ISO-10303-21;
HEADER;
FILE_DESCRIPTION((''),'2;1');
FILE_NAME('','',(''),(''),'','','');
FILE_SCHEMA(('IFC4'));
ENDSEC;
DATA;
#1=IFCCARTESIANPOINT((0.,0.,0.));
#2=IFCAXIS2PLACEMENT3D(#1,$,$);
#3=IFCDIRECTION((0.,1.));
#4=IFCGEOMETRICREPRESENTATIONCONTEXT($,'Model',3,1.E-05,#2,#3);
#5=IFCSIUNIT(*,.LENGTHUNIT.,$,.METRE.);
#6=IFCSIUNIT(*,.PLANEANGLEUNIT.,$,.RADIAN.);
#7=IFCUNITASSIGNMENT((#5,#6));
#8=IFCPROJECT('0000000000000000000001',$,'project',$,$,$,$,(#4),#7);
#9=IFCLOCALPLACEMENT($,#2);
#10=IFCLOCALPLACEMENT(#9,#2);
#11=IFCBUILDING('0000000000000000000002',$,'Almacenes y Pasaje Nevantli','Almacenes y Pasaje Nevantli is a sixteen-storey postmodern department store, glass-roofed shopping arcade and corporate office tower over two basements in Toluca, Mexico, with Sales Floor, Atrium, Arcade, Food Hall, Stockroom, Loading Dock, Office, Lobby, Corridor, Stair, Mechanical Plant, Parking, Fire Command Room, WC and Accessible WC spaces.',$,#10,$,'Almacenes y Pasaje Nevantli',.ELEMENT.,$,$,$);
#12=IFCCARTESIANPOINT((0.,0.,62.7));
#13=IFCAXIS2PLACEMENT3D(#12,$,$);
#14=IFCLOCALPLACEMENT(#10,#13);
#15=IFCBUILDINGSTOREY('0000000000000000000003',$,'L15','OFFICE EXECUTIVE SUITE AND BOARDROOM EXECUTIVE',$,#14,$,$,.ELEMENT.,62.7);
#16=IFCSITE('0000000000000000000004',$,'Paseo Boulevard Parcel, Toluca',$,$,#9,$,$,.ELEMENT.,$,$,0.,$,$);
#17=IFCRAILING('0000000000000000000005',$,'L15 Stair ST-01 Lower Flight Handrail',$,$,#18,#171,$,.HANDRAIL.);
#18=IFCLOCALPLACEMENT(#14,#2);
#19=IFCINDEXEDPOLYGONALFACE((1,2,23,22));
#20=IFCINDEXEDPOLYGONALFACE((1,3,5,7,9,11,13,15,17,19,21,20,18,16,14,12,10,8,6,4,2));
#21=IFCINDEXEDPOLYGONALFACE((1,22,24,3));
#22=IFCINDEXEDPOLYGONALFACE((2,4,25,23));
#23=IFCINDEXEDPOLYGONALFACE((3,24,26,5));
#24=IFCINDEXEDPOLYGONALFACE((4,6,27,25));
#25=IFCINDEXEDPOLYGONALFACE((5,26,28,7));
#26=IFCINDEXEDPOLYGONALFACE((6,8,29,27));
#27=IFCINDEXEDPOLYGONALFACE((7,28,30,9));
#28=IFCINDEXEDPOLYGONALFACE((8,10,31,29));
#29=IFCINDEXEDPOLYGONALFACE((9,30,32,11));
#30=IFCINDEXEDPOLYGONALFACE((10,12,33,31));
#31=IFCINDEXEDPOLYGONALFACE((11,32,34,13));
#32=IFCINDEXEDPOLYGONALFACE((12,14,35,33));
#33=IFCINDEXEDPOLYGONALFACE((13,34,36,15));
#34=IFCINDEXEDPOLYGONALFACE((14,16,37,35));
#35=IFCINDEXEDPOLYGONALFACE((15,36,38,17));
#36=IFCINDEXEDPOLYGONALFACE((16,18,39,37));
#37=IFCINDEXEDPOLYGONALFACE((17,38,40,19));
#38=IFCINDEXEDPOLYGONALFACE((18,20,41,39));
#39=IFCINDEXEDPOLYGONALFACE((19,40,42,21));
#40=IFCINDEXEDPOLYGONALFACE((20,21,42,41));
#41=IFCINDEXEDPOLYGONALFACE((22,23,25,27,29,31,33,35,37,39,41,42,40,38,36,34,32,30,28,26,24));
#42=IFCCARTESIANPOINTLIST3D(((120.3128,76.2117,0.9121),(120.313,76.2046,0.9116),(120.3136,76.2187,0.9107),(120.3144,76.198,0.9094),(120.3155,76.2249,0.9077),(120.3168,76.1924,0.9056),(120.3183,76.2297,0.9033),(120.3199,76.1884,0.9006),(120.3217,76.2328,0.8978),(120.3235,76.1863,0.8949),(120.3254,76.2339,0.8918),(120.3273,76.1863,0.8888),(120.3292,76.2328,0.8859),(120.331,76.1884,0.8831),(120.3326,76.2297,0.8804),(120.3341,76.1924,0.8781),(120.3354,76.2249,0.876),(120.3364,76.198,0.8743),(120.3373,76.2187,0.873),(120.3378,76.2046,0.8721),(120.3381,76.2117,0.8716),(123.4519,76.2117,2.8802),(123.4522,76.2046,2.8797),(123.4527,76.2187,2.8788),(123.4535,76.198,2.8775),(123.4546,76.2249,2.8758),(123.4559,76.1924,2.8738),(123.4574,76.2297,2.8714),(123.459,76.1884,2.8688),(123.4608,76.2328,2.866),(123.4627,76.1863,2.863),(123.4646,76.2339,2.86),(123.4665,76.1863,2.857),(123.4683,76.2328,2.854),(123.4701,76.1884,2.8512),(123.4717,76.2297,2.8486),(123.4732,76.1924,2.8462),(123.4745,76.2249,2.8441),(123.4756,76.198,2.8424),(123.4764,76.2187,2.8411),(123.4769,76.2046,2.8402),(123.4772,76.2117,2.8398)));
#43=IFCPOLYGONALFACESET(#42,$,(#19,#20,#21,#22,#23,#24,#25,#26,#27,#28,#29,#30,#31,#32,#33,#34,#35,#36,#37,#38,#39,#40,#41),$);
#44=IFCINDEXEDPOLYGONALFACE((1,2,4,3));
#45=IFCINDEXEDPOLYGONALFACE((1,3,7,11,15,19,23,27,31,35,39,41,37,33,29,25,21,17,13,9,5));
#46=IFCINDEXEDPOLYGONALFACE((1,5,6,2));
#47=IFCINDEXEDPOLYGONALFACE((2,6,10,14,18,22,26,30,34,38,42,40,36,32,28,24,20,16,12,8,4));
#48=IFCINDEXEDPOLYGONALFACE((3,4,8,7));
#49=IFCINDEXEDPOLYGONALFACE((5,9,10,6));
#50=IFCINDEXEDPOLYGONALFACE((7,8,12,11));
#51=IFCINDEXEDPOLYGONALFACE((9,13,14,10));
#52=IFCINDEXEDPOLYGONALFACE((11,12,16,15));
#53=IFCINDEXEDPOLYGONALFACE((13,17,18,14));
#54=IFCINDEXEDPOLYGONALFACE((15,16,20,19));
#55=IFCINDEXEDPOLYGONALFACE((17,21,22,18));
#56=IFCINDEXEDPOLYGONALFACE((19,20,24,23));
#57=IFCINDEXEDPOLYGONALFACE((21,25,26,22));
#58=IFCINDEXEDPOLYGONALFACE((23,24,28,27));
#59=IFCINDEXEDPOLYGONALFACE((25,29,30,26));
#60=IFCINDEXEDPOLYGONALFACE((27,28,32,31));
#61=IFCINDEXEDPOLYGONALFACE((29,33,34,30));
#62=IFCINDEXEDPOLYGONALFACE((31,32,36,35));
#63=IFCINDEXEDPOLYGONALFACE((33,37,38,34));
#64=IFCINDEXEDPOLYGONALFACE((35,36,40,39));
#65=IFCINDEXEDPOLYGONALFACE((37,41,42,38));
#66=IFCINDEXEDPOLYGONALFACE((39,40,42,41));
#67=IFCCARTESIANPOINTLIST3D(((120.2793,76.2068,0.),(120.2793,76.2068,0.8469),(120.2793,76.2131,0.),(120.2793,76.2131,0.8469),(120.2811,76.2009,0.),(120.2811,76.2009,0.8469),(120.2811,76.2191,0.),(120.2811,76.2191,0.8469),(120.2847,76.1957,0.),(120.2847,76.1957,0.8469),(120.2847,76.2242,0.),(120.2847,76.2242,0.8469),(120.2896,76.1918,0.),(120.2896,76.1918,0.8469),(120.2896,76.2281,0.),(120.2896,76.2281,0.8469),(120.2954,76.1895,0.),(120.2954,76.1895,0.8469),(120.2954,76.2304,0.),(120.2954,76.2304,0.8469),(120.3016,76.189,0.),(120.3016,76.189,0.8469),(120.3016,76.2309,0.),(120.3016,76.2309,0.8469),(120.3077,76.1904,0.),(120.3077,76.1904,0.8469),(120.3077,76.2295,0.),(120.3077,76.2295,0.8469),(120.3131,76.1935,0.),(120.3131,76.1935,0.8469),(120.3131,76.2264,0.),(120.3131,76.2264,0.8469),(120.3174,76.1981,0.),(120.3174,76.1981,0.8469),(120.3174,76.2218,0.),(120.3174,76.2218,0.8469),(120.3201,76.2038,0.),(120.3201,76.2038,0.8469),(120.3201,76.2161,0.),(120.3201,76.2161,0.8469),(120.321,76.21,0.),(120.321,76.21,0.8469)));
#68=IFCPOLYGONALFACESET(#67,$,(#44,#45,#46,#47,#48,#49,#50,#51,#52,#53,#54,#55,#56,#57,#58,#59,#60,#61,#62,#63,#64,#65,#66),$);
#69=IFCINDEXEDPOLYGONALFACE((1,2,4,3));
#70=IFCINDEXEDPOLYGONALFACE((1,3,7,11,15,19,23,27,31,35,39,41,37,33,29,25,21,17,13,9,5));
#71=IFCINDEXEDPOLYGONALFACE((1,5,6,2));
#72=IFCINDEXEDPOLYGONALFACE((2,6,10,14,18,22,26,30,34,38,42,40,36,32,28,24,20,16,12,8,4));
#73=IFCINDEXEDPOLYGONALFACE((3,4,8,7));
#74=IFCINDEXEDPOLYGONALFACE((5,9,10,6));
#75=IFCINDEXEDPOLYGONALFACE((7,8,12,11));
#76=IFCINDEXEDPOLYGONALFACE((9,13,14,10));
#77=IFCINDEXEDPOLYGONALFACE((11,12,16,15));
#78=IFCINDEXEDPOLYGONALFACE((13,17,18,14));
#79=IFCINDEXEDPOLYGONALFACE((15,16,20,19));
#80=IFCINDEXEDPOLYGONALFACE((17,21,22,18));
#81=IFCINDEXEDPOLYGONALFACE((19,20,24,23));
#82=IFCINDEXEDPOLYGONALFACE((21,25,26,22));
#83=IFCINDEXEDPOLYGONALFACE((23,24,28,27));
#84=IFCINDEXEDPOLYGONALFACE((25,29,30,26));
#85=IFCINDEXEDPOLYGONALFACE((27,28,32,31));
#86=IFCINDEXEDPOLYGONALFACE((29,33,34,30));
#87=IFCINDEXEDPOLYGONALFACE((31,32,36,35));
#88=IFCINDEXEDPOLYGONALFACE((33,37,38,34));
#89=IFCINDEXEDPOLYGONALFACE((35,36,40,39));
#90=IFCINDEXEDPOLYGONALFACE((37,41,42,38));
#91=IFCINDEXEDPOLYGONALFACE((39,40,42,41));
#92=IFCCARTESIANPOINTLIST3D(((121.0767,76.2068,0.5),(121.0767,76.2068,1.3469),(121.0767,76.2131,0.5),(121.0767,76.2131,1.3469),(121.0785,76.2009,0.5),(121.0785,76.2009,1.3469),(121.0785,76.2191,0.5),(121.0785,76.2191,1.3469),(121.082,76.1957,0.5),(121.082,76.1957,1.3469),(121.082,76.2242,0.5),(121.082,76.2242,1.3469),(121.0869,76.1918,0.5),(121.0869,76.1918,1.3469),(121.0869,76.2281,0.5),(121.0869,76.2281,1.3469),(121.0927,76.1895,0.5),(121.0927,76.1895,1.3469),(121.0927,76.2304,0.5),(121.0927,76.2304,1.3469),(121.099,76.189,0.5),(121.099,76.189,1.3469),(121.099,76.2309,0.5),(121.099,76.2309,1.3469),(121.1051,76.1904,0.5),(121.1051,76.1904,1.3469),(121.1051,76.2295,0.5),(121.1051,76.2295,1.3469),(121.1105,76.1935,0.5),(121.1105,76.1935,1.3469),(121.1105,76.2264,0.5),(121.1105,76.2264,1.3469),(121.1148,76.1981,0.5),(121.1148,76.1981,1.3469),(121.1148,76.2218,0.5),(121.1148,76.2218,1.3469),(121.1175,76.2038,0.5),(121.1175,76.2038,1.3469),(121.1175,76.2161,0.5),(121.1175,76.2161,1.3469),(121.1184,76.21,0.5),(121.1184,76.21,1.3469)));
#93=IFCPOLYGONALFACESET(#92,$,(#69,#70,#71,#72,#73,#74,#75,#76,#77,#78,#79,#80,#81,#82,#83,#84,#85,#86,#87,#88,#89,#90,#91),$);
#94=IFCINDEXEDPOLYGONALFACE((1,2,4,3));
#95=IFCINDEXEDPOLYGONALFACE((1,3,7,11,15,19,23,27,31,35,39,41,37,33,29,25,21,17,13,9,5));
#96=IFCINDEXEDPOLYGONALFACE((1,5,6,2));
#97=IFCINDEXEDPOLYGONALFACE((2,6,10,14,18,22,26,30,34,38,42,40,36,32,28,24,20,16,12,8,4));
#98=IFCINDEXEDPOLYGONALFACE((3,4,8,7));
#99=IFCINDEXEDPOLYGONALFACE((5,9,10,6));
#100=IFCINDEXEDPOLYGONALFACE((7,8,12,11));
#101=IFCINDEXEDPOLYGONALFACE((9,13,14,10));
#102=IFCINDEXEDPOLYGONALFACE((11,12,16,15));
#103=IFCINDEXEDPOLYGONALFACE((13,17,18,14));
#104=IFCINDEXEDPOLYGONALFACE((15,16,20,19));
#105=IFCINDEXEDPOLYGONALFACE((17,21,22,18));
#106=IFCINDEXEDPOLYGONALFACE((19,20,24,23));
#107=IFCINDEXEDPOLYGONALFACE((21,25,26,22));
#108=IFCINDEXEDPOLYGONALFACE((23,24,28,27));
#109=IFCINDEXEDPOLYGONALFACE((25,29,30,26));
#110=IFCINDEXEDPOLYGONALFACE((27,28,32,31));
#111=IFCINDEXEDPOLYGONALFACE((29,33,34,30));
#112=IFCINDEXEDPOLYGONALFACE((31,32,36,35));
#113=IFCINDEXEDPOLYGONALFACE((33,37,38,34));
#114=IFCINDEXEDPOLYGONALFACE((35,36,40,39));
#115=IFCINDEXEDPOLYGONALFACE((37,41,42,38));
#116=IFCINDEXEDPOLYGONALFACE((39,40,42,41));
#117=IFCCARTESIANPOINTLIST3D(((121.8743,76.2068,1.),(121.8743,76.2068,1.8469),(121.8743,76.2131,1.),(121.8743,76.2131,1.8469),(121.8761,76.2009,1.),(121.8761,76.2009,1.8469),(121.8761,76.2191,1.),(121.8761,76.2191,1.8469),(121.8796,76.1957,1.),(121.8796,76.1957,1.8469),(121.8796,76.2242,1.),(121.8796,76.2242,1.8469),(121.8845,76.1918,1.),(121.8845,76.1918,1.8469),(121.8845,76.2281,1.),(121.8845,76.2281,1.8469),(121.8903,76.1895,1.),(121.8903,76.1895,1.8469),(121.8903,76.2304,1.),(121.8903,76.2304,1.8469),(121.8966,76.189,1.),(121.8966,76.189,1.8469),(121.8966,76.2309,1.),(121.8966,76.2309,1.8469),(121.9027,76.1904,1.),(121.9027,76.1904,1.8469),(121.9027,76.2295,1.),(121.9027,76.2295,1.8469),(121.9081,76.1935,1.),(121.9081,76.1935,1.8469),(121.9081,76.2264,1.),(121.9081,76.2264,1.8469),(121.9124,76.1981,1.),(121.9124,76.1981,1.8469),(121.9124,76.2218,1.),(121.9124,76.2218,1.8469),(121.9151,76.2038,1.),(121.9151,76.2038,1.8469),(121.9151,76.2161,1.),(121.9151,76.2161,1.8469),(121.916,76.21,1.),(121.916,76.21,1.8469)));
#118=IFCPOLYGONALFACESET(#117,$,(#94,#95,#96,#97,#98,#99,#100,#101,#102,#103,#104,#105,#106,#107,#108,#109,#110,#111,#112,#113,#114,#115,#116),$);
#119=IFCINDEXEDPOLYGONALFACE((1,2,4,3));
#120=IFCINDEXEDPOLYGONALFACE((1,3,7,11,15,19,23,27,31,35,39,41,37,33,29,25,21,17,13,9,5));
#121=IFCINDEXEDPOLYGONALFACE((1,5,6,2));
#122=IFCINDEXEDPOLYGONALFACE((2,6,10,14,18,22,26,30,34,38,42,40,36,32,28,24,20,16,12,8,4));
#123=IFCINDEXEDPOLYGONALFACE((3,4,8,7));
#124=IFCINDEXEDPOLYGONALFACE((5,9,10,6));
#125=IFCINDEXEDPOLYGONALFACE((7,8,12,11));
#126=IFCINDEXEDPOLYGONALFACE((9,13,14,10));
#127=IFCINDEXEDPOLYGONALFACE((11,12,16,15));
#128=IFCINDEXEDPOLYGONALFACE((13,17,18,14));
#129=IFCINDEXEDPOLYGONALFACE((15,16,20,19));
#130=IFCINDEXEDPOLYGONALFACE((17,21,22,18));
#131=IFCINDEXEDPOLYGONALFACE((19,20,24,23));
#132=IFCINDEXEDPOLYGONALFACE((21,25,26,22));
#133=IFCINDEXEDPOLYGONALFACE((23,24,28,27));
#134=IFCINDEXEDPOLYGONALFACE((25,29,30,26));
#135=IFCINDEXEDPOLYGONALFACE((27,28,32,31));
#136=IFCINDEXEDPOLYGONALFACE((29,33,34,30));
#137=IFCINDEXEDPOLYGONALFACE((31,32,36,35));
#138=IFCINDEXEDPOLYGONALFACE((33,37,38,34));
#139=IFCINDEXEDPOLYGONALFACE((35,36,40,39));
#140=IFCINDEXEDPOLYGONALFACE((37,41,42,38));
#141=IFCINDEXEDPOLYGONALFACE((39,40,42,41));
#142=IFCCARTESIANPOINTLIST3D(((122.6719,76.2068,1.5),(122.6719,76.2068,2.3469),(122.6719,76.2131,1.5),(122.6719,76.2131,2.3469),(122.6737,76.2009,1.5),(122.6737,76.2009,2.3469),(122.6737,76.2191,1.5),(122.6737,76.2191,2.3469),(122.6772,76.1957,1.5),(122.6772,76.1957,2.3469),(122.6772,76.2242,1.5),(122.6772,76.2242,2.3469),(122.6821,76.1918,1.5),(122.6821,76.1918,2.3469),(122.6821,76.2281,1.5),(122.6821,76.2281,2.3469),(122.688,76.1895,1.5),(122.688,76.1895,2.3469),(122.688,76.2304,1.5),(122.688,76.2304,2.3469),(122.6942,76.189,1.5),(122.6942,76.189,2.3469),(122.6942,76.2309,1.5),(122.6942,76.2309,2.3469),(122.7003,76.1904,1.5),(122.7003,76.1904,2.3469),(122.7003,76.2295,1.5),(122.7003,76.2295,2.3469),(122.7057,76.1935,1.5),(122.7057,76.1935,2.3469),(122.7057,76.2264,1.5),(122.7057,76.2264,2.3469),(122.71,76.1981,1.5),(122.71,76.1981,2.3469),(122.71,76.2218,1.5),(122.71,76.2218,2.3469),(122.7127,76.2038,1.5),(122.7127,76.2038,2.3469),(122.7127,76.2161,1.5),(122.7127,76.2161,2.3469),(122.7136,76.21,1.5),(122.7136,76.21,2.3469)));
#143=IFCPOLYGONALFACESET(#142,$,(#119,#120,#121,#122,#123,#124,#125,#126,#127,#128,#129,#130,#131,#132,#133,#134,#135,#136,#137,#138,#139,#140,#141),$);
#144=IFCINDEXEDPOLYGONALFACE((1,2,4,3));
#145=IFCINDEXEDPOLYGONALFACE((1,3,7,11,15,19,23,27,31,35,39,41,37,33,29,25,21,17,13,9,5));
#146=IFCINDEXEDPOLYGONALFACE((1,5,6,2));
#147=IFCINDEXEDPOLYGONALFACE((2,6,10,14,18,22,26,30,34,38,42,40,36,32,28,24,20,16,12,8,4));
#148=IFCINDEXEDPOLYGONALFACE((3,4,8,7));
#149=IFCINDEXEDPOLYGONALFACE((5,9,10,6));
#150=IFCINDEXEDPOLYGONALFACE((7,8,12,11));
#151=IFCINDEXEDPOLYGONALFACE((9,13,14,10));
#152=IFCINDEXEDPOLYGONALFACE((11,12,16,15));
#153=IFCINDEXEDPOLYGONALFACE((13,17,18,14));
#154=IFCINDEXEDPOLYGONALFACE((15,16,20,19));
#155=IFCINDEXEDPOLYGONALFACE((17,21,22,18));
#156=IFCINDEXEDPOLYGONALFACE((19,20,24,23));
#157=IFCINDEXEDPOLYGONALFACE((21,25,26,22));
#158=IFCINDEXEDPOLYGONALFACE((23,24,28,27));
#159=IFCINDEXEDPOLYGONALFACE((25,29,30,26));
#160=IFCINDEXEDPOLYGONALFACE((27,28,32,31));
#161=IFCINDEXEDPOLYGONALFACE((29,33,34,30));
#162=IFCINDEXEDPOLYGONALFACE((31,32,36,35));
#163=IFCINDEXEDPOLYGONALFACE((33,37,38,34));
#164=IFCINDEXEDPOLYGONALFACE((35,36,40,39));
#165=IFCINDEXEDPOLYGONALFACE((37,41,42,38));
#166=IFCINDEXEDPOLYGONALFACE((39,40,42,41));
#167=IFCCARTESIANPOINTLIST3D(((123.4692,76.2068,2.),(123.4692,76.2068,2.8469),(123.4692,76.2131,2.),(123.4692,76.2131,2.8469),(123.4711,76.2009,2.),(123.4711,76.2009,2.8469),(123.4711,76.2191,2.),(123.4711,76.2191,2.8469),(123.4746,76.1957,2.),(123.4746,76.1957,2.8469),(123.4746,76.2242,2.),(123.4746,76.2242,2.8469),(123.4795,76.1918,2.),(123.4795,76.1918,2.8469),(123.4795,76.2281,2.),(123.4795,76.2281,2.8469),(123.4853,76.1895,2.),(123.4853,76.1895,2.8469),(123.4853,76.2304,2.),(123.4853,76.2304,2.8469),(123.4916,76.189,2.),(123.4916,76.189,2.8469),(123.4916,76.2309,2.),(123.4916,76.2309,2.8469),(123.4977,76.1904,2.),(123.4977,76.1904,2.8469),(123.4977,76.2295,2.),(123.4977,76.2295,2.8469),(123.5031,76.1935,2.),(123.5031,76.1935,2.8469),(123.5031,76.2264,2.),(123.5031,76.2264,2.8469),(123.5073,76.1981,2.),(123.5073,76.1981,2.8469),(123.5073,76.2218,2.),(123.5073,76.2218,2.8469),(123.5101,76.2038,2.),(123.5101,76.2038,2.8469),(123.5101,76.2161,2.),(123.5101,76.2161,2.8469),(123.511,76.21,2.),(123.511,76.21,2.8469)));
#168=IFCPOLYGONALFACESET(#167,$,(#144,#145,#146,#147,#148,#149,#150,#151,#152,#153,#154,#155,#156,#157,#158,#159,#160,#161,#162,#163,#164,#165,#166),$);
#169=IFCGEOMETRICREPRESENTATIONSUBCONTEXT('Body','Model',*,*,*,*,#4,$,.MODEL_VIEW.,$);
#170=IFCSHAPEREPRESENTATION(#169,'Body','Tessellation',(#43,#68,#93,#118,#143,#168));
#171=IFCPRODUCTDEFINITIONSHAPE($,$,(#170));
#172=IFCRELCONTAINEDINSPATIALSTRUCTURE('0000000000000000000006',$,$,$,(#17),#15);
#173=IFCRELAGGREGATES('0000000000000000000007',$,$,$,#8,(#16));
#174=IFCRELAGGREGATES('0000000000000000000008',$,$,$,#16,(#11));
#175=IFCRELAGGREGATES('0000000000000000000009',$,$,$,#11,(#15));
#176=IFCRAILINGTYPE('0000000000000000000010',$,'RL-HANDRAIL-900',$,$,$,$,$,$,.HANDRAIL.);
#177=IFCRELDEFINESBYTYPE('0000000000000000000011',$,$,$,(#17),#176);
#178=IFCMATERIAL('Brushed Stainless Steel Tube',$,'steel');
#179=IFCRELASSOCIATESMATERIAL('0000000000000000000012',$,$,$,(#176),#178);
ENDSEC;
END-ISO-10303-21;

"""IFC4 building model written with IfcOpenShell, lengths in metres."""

from ifc_helpers import new_model, si_unit, direction, frame, origin, origin_2d, place, context, subcontext, project, spatial, circle, extrude, material, type_object, element, save


model = new_model("IFC4")

# Units and contexts
model_context = context("Model", 3, precision=1e-05, world=origin(), true_north=direction((0.0, 1.0)))
body_context = subcontext(model_context, "Body", "Model", "MODEL_VIEW")
ifc_project = project(units=[si_unit("LENGTHUNIT", "METRE"), si_unit("PLANEANGLEUNIT", "RADIAN")], contexts=[model_context])

# Site, building, storey
site_placement = place(None, origin())
site = spatial("IfcSite", under=ifc_project, at=site_placement, Name="Paseo Boulevard Parcel, Toluca", CompositionType="ELEMENT", RefElevation=0.0)
building_placement = place(site_placement, origin())
building = spatial("IfcBuilding", under=site, at=building_placement, Name="Almacenes y Pasaje Nevantli", Description="Almacenes y Pasaje Nevantli is a sixteen-storey postmodern department store, glass-roofed shopping arcade and corporate office tower over two basements in Toluca, Mexico, with Sales Floor, Atrium, Arcade, Food Hall, Stockroom, Loading Dock, Office, Lobby, Corridor, Stair, Mechanical Plant, Parking, Fire Command Room, WC and Accessible WC spaces.", LongName="Almacenes y Pasaje Nevantli", CompositionType="ELEMENT")
storey_placement = place(building_placement, frame((0.0, 0.0, 62.7)))
storey = spatial("IfcBuildingStorey", under=building, at=storey_placement, Name="L15", Description="OFFICE EXECUTIVE SUITE AND BOARDROOM EXECUTIVE", CompositionType="ELEMENT", Elevation=62.7)

# Railing
ifc_material_1 = material(Name="Brushed Stainless Steel Tube", Category="steel")
railing_type_1 = type_object("IfcRailingType", Name="RL-HANDRAIL-900", PredefinedType="HANDRAIL", material=ifc_material_1)
railing_1_placement = place(storey_placement, frame((120.3, 76.21, 0.0)))
element("IfcRailing", 1, at=railing_1_placement, inside=storey, type_object=railing_type_1, Name="L15 Stair ST-01 Lower Flight Handrail", PredefinedType="HANDRAIL", context=body_context, shape_type="SweptSolid", body=[
    extrude(circle(Radius=0.0239, at=origin_2d()), frame((0.0254, 0.0, 0.8918), z_axis=(0.847247, 0.0, 0.531199), x_axis=(0.0, 1.0, 0.0)), (0.0, 0.0, 1.0), 3.7051),
    extrude(circle(Radius=0.021, at=origin_2d()), origin(), (0.0, 0.0, 1.0), 0.8469),
    extrude(circle(Radius=0.021, at=origin_2d()), frame((0.7974, 0.0, 0.5)), (0.0, 0.0, 1.0), 0.8469),
    extrude(circle(Radius=0.021, at=origin_2d()), frame((1.595, 0.0, 1.0)), (0.0, 0.0, 1.0), 0.8469),
    extrude(circle(Radius=0.021, at=origin_2d()), frame((2.3926, 0.0, 1.5)), (0.0, 0.0, 1.0), 0.8469),
    extrude(circle(Radius=0.021, at=origin_2d()), frame((3.1899, 0.0, 2.0)), (0.0, 0.0, 1.0), 0.8469),
])

save(model, "model.ifc")
